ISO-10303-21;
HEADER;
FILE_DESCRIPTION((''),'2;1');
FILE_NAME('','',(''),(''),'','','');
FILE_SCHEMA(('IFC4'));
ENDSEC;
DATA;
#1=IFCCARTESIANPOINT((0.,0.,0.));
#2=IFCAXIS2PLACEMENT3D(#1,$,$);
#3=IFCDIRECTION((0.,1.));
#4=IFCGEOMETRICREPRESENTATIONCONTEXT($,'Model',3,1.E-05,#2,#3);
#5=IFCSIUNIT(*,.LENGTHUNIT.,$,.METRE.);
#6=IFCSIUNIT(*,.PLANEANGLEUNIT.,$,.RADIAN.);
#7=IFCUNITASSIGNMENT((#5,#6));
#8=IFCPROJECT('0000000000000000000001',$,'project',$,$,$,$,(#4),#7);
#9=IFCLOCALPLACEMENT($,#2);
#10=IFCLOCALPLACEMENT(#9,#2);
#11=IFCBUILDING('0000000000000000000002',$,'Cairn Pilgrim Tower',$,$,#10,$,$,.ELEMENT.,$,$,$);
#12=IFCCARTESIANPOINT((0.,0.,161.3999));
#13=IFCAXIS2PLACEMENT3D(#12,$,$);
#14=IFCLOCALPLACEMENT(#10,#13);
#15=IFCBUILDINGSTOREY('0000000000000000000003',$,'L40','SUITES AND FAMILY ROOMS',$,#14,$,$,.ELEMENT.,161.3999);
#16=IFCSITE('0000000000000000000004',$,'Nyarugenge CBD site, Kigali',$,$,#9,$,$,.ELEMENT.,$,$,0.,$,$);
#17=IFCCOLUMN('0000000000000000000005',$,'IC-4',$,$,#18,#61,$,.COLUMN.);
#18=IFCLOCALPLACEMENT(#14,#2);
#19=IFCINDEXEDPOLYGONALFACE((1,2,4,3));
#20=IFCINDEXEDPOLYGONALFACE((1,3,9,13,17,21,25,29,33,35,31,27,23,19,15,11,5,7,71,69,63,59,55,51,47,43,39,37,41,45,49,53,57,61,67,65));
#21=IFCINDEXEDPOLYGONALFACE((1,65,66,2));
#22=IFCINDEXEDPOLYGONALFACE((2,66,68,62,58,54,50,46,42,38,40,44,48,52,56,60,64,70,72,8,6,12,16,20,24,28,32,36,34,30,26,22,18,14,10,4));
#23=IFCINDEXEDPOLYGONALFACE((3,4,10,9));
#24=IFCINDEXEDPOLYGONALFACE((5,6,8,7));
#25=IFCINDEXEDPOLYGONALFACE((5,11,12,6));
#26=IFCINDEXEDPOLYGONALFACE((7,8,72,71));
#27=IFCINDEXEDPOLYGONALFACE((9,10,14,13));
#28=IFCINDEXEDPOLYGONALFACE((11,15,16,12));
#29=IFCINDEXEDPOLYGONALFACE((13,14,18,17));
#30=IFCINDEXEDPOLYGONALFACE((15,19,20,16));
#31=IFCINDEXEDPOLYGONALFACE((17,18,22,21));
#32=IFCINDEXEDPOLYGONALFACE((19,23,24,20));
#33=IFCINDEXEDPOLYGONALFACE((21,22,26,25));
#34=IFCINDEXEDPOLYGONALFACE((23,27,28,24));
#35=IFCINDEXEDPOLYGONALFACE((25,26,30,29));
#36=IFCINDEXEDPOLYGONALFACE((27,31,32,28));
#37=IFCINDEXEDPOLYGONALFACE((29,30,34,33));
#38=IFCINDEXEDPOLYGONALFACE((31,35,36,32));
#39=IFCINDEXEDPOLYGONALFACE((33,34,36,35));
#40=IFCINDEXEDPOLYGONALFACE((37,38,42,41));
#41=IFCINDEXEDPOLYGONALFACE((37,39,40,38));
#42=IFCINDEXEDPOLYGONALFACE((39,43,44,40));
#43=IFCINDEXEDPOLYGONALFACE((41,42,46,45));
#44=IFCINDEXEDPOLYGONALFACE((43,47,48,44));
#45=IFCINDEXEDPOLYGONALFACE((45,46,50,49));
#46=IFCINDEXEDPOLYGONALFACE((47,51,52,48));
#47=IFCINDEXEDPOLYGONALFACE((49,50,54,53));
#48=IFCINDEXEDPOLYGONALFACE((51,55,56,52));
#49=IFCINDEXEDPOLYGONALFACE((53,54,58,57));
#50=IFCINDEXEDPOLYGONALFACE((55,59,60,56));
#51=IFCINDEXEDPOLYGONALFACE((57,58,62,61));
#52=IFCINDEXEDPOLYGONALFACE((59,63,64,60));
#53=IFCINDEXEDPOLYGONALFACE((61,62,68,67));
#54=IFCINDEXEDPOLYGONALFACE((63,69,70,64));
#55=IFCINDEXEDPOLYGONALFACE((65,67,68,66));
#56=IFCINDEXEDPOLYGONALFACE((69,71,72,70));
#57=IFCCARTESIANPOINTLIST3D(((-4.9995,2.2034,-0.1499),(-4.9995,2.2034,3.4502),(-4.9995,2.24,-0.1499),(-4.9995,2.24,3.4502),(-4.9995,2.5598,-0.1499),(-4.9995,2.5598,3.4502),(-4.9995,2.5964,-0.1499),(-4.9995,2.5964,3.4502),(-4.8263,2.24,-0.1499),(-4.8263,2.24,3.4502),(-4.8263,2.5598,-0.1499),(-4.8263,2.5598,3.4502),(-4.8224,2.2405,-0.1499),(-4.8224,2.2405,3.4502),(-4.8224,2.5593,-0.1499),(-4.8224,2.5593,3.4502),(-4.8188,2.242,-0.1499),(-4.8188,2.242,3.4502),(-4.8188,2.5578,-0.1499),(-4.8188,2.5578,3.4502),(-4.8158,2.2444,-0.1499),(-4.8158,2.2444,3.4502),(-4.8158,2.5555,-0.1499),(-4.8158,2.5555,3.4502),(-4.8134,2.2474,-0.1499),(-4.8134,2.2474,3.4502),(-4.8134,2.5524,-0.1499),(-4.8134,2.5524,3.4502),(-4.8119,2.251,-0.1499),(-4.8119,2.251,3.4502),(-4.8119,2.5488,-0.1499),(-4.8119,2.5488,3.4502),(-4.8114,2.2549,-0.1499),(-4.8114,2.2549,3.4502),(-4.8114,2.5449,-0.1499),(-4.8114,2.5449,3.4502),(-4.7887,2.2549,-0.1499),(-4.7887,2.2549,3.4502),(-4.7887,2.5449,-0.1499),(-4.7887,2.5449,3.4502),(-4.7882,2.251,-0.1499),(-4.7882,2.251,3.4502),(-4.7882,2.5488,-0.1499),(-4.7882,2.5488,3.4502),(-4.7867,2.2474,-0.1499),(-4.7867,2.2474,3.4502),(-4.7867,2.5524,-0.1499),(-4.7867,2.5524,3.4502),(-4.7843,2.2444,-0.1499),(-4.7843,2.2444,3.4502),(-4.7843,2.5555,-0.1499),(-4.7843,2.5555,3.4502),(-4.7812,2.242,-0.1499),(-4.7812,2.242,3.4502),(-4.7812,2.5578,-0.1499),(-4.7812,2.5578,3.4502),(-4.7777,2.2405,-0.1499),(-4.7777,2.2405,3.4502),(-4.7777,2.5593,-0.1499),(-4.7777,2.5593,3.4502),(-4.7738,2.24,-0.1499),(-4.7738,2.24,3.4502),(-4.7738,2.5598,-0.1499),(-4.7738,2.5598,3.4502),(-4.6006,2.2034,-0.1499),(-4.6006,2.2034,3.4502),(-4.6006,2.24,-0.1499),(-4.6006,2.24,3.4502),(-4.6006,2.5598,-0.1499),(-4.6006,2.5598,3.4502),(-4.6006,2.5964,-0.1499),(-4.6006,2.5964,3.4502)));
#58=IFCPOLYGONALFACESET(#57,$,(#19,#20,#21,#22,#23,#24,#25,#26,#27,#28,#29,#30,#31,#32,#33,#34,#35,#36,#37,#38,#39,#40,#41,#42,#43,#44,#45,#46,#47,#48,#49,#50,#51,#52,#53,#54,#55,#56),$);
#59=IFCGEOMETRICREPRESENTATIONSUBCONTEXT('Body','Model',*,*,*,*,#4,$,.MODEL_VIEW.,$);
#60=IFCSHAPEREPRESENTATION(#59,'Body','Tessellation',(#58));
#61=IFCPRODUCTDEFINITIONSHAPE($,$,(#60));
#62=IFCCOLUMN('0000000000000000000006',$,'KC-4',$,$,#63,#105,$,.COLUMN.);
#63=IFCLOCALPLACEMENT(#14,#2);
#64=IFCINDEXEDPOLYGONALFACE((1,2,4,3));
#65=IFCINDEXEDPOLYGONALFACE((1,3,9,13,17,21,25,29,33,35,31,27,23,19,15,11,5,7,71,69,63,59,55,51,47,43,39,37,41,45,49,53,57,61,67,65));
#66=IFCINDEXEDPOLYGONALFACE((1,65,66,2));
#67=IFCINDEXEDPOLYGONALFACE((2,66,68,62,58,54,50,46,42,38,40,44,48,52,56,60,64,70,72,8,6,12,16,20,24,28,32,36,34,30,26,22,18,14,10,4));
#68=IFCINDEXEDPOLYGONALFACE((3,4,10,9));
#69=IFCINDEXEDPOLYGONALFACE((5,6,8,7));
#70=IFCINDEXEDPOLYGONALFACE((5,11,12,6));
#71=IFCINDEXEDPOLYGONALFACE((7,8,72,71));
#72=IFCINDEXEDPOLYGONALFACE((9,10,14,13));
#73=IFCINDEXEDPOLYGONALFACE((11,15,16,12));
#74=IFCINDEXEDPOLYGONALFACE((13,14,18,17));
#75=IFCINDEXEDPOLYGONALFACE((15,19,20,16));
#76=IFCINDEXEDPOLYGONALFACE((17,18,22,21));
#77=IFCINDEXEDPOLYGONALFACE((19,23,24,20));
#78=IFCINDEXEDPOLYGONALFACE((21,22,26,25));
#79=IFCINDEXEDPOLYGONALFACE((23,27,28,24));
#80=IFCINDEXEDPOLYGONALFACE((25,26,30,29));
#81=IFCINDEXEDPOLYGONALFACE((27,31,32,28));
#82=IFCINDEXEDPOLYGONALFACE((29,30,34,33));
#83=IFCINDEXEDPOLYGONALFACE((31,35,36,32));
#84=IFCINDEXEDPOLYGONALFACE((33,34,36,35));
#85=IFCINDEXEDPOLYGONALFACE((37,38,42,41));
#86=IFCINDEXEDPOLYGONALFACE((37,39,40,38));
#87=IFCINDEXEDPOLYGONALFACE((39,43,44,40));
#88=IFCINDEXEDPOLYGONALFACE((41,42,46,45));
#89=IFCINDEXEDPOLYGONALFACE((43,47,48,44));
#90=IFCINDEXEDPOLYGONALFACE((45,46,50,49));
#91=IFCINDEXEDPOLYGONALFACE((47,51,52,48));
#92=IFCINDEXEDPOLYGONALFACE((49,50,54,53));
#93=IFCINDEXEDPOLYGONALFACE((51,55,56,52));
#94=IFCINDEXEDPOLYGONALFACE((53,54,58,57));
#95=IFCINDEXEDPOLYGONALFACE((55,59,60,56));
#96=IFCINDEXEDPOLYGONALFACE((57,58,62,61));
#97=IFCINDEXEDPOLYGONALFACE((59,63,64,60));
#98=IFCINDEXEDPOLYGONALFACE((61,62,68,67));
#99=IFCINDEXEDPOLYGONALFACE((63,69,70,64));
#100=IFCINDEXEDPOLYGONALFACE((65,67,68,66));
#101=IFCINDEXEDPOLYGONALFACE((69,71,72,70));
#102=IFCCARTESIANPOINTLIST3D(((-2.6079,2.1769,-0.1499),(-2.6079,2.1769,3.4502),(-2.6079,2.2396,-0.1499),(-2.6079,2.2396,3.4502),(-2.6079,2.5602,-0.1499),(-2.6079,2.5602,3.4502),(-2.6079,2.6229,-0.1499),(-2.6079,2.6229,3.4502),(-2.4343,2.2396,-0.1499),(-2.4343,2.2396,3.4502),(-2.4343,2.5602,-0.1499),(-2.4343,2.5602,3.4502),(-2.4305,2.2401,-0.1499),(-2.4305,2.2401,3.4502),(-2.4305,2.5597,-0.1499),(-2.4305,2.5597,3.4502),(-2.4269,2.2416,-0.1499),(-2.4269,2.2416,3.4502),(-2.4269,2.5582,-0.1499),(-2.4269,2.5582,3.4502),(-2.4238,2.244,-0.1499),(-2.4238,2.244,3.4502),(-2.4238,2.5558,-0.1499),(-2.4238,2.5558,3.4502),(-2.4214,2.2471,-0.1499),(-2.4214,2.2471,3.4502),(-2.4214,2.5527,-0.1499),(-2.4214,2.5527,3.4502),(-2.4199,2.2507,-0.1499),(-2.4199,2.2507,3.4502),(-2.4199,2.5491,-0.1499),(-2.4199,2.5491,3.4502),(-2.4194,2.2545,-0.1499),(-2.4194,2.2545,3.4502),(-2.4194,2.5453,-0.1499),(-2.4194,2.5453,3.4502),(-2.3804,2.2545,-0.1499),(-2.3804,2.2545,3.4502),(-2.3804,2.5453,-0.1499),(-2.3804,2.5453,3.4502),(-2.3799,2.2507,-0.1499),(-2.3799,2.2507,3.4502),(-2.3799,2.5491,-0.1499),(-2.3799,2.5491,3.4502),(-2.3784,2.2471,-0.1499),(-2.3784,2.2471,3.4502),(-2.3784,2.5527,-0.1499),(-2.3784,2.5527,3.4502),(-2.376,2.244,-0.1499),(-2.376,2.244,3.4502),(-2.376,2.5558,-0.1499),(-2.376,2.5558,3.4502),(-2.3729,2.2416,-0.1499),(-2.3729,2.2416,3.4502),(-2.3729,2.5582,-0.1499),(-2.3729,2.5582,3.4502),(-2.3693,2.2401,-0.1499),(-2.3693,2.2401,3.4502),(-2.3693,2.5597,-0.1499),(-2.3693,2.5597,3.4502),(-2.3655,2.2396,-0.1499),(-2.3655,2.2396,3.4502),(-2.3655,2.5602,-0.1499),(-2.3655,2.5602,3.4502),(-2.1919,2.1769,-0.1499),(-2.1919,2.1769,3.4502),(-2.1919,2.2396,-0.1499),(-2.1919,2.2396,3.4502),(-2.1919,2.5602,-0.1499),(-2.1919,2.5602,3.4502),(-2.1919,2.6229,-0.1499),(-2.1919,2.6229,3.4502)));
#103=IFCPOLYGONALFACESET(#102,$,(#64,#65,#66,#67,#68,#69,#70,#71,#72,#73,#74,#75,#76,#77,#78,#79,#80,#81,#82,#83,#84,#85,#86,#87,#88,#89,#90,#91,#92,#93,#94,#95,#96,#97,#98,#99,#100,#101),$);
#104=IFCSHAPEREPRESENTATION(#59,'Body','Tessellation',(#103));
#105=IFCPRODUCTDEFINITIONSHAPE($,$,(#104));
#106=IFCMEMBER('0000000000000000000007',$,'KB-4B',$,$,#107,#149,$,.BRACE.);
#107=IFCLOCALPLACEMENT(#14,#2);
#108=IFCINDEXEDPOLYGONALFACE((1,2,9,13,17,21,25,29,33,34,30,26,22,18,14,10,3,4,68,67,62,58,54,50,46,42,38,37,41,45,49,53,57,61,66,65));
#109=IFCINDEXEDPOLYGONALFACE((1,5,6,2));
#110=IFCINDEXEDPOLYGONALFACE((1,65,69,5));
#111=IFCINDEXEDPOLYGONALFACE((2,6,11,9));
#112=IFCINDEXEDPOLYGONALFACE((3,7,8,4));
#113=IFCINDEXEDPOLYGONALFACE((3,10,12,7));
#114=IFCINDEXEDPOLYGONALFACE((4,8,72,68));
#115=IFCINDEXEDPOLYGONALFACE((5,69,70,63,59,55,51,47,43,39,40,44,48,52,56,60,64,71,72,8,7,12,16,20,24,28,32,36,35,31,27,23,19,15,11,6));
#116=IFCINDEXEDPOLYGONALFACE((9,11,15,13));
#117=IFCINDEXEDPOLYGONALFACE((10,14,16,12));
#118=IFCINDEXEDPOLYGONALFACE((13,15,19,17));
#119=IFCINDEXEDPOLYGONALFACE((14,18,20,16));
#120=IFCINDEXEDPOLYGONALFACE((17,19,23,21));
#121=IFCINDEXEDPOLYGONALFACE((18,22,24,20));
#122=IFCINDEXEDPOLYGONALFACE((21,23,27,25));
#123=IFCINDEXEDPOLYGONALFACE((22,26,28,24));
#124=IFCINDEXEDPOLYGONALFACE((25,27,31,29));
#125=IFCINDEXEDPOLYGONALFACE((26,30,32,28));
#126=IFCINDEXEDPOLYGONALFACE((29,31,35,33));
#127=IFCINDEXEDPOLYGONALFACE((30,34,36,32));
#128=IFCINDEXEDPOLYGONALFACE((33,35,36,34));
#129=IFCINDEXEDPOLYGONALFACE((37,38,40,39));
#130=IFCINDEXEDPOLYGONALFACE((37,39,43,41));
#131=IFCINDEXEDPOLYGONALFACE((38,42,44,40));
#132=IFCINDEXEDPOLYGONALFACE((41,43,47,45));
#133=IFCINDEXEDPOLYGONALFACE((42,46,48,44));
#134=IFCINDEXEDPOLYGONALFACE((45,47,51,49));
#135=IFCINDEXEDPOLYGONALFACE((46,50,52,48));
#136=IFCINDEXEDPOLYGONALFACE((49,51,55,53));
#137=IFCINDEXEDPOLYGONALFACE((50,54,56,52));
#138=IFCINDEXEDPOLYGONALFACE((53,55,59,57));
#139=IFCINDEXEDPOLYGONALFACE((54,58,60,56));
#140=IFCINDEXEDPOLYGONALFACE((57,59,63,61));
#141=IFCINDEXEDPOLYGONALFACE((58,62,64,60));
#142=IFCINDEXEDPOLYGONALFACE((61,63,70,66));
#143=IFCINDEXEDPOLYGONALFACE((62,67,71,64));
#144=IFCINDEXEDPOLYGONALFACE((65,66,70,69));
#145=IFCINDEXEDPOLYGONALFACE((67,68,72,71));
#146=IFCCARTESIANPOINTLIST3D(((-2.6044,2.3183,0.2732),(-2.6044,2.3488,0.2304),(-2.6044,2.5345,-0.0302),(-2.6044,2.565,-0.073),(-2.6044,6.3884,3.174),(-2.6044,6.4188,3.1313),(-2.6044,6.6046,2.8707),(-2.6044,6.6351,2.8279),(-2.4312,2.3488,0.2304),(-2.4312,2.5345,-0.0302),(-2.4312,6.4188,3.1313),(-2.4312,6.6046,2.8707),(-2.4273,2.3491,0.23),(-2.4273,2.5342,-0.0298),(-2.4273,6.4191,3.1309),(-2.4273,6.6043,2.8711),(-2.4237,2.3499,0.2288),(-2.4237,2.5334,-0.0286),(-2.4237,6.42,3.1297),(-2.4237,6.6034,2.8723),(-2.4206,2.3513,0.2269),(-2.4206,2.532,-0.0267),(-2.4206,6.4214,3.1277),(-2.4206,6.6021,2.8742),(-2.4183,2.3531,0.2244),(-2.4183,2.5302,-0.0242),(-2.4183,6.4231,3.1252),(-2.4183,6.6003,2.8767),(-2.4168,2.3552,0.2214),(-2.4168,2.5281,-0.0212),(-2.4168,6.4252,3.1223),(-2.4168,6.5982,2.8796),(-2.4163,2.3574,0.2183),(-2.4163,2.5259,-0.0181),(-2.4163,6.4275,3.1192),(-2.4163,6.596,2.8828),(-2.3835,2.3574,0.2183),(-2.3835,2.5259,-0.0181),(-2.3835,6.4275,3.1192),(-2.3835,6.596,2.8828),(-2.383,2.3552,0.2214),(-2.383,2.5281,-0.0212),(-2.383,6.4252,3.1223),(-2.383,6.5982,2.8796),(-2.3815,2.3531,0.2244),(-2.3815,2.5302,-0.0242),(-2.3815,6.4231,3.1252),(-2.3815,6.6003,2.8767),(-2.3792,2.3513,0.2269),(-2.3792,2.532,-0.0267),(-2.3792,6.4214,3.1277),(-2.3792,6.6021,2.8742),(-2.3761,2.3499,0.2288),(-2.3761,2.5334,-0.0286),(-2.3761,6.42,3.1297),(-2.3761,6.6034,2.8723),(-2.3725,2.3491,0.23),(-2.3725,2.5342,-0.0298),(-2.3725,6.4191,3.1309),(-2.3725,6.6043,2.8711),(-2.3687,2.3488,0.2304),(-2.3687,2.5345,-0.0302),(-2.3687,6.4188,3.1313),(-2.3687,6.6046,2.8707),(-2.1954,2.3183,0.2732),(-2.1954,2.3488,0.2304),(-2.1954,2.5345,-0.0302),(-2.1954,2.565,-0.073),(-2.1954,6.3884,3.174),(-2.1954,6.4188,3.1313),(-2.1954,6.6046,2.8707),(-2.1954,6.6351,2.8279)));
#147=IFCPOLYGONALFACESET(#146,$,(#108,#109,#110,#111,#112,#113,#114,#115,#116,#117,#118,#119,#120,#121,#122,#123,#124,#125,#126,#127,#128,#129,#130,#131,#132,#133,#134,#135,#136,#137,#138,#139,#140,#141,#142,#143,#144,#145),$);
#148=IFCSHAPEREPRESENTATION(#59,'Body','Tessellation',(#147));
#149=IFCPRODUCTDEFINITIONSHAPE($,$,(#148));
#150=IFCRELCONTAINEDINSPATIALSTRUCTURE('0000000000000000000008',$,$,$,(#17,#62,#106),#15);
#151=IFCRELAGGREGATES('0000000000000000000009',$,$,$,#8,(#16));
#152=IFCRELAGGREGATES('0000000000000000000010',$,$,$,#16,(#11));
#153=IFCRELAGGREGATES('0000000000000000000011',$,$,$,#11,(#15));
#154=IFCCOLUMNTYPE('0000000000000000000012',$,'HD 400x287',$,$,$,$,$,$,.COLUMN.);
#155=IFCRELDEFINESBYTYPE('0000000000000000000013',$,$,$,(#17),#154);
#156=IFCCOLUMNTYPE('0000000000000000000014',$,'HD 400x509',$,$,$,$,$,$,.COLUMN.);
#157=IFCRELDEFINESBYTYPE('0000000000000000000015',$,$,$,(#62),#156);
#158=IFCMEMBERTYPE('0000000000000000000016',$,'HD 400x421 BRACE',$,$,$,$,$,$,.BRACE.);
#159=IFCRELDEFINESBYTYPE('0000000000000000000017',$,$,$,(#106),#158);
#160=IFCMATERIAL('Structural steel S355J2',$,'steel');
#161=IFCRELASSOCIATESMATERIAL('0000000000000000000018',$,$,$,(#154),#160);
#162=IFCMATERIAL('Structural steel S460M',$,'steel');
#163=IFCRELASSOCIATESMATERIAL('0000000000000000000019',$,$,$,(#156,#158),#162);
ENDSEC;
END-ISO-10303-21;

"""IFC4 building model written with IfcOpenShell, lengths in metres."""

from ifc_helpers import new_model, si_unit, direction, frame, origin, origin_2d, place, context, subcontext, project, spatial, i_section, extrude, material, material_profile, profile_set, type_object, element, save


model = new_model("IFC4")

# Units and contexts
model_context = context("Model", 3, precision=1e-05, world=origin(), true_north=direction((0.0, 1.0)))
body_context = subcontext(model_context, "Body", "Model", "MODEL_VIEW")
ifc_project = project(units=[si_unit("LENGTHUNIT", "METRE"), si_unit("PLANEANGLEUNIT", "RADIAN")], contexts=[model_context])

# Site, building, storey
site_placement = place(None, origin())
site = spatial("IfcSite", under=ifc_project, at=site_placement, Name="Nyarugenge CBD site, Kigali", CompositionType="ELEMENT", RefElevation=0.0)
building_placement = place(site_placement, origin())
building = spatial("IfcBuilding", under=site, at=building_placement, Name="Cairn Pilgrim Tower", CompositionType="ELEMENT")
storey_placement = place(building_placement, frame((0.0, 0.0, 161.3999)))
storey = spatial("IfcBuildingStorey", under=building, at=storey_placement, Name="L40", Description="SUITES AND FAMILY ROOMS", CompositionType="ELEMENT", Elevation=161.3999)

# Columns
ifc_material_1 = material(Name="Structural steel S355J2", Category="steel")
ifc_material_profile_1 = material_profile(ifc_material_1, i_section(OverallWidth=0.3989, OverallDepth=0.3931, WebThickness=0.0227, FlangeThickness=0.0366, FilletRadius=0.0149, at=origin_2d()), Name="HD 400x287")
ifc_profile_set_1 = profile_set([ifc_material_profile_1], Name="Structural steel S355J2")
column_type_1 = type_object("IfcColumnType", Name="HD 400x287", PredefinedType="COLUMN", material=ifc_profile_set_1)
column_1_placement = place(storey_placement, frame((-4.8, 2.3999, -0.1499), z_axis=(0.0, 0.0, 1.0), x_axis=(1.0, 0.0, 0.0)))
element("IfcColumn", 1, at=column_1_placement, inside=storey, type_object=column_type_1, Name="IC-4", PredefinedType="COLUMN", context=body_context, shape_type="SweptSolid", body=[
    extrude(i_section(OverallWidth=0.3989, OverallDepth=0.3931, WebThickness=0.0227, FlangeThickness=0.0366, FilletRadius=0.0149, at=origin_2d()), origin(), (0.0, 0.0, 1.0), 3.6001),
])
ifc_material_2 = material(Name="Structural steel S460M", Category="steel")
ifc_material_profile_2 = material_profile(ifc_material_2, i_section(OverallWidth=0.416, OverallDepth=0.446, WebThickness=0.0391, FlangeThickness=0.0627, FilletRadius=0.0149, at=origin_2d()), Name="HD 400x509")
ifc_profile_set_2 = profile_set([ifc_material_profile_2], Name="Structural steel S460M")
column_type_2 = type_object("IfcColumnType", Name="HD 400x509", PredefinedType="COLUMN", material=ifc_profile_set_2)
column_2_placement = place(storey_placement, frame((-2.3999, 2.3999, -0.1499), z_axis=(0.0, 0.0, 1.0), x_axis=(1.0, 0.0, 0.0)))
element("IfcColumn", 2, at=column_2_placement, inside=storey, type_object=column_type_2, Name="KC-4", PredefinedType="COLUMN", context=body_context, shape_type="SweptSolid", body=[
    extrude(i_section(OverallWidth=0.416, OverallDepth=0.446, WebThickness=0.0391, FlangeThickness=0.0627, FilletRadius=0.0149, at=origin_2d()), origin(), (0.0, 0.0, 1.0), 3.6001),
])

# Member
ifc_material_profile_3 = material_profile(ifc_material_2, i_section(OverallWidth=0.4089, OverallDepth=0.425, WebThickness=0.0327, FlangeThickness=0.0525, FilletRadius=0.0149, at=origin_2d()), Name="HD 400x421")
ifc_profile_set_3 = profile_set([ifc_material_profile_3], Name="Structural steel S460M")
member_type = type_object("IfcMemberType", Name="HD 400x421 BRACE", PredefinedType="BRACE", material=ifc_profile_set_3)
member_placement = place(storey_placement, frame((-2.3999, 2.4417, 0.1001), z_axis=(0.0, 0.81433, 0.580402), x_axis=(-1.0, 0.0, 0.0)))
element("IfcMember", 3, at=member_placement, inside=storey, type_object=member_type, Name="KB-4B", PredefinedType="BRACE", context=body_context, shape_type="SweptSolid", body=[
    extrude(i_section(OverallWidth=0.4089, OverallDepth=0.425, WebThickness=0.0327, FlangeThickness=0.0525, FilletRadius=0.0149, at=origin_2d()), origin(), (0.0, 0.0, 1.0), 4.998),
])

save(model, "model.ifc")
